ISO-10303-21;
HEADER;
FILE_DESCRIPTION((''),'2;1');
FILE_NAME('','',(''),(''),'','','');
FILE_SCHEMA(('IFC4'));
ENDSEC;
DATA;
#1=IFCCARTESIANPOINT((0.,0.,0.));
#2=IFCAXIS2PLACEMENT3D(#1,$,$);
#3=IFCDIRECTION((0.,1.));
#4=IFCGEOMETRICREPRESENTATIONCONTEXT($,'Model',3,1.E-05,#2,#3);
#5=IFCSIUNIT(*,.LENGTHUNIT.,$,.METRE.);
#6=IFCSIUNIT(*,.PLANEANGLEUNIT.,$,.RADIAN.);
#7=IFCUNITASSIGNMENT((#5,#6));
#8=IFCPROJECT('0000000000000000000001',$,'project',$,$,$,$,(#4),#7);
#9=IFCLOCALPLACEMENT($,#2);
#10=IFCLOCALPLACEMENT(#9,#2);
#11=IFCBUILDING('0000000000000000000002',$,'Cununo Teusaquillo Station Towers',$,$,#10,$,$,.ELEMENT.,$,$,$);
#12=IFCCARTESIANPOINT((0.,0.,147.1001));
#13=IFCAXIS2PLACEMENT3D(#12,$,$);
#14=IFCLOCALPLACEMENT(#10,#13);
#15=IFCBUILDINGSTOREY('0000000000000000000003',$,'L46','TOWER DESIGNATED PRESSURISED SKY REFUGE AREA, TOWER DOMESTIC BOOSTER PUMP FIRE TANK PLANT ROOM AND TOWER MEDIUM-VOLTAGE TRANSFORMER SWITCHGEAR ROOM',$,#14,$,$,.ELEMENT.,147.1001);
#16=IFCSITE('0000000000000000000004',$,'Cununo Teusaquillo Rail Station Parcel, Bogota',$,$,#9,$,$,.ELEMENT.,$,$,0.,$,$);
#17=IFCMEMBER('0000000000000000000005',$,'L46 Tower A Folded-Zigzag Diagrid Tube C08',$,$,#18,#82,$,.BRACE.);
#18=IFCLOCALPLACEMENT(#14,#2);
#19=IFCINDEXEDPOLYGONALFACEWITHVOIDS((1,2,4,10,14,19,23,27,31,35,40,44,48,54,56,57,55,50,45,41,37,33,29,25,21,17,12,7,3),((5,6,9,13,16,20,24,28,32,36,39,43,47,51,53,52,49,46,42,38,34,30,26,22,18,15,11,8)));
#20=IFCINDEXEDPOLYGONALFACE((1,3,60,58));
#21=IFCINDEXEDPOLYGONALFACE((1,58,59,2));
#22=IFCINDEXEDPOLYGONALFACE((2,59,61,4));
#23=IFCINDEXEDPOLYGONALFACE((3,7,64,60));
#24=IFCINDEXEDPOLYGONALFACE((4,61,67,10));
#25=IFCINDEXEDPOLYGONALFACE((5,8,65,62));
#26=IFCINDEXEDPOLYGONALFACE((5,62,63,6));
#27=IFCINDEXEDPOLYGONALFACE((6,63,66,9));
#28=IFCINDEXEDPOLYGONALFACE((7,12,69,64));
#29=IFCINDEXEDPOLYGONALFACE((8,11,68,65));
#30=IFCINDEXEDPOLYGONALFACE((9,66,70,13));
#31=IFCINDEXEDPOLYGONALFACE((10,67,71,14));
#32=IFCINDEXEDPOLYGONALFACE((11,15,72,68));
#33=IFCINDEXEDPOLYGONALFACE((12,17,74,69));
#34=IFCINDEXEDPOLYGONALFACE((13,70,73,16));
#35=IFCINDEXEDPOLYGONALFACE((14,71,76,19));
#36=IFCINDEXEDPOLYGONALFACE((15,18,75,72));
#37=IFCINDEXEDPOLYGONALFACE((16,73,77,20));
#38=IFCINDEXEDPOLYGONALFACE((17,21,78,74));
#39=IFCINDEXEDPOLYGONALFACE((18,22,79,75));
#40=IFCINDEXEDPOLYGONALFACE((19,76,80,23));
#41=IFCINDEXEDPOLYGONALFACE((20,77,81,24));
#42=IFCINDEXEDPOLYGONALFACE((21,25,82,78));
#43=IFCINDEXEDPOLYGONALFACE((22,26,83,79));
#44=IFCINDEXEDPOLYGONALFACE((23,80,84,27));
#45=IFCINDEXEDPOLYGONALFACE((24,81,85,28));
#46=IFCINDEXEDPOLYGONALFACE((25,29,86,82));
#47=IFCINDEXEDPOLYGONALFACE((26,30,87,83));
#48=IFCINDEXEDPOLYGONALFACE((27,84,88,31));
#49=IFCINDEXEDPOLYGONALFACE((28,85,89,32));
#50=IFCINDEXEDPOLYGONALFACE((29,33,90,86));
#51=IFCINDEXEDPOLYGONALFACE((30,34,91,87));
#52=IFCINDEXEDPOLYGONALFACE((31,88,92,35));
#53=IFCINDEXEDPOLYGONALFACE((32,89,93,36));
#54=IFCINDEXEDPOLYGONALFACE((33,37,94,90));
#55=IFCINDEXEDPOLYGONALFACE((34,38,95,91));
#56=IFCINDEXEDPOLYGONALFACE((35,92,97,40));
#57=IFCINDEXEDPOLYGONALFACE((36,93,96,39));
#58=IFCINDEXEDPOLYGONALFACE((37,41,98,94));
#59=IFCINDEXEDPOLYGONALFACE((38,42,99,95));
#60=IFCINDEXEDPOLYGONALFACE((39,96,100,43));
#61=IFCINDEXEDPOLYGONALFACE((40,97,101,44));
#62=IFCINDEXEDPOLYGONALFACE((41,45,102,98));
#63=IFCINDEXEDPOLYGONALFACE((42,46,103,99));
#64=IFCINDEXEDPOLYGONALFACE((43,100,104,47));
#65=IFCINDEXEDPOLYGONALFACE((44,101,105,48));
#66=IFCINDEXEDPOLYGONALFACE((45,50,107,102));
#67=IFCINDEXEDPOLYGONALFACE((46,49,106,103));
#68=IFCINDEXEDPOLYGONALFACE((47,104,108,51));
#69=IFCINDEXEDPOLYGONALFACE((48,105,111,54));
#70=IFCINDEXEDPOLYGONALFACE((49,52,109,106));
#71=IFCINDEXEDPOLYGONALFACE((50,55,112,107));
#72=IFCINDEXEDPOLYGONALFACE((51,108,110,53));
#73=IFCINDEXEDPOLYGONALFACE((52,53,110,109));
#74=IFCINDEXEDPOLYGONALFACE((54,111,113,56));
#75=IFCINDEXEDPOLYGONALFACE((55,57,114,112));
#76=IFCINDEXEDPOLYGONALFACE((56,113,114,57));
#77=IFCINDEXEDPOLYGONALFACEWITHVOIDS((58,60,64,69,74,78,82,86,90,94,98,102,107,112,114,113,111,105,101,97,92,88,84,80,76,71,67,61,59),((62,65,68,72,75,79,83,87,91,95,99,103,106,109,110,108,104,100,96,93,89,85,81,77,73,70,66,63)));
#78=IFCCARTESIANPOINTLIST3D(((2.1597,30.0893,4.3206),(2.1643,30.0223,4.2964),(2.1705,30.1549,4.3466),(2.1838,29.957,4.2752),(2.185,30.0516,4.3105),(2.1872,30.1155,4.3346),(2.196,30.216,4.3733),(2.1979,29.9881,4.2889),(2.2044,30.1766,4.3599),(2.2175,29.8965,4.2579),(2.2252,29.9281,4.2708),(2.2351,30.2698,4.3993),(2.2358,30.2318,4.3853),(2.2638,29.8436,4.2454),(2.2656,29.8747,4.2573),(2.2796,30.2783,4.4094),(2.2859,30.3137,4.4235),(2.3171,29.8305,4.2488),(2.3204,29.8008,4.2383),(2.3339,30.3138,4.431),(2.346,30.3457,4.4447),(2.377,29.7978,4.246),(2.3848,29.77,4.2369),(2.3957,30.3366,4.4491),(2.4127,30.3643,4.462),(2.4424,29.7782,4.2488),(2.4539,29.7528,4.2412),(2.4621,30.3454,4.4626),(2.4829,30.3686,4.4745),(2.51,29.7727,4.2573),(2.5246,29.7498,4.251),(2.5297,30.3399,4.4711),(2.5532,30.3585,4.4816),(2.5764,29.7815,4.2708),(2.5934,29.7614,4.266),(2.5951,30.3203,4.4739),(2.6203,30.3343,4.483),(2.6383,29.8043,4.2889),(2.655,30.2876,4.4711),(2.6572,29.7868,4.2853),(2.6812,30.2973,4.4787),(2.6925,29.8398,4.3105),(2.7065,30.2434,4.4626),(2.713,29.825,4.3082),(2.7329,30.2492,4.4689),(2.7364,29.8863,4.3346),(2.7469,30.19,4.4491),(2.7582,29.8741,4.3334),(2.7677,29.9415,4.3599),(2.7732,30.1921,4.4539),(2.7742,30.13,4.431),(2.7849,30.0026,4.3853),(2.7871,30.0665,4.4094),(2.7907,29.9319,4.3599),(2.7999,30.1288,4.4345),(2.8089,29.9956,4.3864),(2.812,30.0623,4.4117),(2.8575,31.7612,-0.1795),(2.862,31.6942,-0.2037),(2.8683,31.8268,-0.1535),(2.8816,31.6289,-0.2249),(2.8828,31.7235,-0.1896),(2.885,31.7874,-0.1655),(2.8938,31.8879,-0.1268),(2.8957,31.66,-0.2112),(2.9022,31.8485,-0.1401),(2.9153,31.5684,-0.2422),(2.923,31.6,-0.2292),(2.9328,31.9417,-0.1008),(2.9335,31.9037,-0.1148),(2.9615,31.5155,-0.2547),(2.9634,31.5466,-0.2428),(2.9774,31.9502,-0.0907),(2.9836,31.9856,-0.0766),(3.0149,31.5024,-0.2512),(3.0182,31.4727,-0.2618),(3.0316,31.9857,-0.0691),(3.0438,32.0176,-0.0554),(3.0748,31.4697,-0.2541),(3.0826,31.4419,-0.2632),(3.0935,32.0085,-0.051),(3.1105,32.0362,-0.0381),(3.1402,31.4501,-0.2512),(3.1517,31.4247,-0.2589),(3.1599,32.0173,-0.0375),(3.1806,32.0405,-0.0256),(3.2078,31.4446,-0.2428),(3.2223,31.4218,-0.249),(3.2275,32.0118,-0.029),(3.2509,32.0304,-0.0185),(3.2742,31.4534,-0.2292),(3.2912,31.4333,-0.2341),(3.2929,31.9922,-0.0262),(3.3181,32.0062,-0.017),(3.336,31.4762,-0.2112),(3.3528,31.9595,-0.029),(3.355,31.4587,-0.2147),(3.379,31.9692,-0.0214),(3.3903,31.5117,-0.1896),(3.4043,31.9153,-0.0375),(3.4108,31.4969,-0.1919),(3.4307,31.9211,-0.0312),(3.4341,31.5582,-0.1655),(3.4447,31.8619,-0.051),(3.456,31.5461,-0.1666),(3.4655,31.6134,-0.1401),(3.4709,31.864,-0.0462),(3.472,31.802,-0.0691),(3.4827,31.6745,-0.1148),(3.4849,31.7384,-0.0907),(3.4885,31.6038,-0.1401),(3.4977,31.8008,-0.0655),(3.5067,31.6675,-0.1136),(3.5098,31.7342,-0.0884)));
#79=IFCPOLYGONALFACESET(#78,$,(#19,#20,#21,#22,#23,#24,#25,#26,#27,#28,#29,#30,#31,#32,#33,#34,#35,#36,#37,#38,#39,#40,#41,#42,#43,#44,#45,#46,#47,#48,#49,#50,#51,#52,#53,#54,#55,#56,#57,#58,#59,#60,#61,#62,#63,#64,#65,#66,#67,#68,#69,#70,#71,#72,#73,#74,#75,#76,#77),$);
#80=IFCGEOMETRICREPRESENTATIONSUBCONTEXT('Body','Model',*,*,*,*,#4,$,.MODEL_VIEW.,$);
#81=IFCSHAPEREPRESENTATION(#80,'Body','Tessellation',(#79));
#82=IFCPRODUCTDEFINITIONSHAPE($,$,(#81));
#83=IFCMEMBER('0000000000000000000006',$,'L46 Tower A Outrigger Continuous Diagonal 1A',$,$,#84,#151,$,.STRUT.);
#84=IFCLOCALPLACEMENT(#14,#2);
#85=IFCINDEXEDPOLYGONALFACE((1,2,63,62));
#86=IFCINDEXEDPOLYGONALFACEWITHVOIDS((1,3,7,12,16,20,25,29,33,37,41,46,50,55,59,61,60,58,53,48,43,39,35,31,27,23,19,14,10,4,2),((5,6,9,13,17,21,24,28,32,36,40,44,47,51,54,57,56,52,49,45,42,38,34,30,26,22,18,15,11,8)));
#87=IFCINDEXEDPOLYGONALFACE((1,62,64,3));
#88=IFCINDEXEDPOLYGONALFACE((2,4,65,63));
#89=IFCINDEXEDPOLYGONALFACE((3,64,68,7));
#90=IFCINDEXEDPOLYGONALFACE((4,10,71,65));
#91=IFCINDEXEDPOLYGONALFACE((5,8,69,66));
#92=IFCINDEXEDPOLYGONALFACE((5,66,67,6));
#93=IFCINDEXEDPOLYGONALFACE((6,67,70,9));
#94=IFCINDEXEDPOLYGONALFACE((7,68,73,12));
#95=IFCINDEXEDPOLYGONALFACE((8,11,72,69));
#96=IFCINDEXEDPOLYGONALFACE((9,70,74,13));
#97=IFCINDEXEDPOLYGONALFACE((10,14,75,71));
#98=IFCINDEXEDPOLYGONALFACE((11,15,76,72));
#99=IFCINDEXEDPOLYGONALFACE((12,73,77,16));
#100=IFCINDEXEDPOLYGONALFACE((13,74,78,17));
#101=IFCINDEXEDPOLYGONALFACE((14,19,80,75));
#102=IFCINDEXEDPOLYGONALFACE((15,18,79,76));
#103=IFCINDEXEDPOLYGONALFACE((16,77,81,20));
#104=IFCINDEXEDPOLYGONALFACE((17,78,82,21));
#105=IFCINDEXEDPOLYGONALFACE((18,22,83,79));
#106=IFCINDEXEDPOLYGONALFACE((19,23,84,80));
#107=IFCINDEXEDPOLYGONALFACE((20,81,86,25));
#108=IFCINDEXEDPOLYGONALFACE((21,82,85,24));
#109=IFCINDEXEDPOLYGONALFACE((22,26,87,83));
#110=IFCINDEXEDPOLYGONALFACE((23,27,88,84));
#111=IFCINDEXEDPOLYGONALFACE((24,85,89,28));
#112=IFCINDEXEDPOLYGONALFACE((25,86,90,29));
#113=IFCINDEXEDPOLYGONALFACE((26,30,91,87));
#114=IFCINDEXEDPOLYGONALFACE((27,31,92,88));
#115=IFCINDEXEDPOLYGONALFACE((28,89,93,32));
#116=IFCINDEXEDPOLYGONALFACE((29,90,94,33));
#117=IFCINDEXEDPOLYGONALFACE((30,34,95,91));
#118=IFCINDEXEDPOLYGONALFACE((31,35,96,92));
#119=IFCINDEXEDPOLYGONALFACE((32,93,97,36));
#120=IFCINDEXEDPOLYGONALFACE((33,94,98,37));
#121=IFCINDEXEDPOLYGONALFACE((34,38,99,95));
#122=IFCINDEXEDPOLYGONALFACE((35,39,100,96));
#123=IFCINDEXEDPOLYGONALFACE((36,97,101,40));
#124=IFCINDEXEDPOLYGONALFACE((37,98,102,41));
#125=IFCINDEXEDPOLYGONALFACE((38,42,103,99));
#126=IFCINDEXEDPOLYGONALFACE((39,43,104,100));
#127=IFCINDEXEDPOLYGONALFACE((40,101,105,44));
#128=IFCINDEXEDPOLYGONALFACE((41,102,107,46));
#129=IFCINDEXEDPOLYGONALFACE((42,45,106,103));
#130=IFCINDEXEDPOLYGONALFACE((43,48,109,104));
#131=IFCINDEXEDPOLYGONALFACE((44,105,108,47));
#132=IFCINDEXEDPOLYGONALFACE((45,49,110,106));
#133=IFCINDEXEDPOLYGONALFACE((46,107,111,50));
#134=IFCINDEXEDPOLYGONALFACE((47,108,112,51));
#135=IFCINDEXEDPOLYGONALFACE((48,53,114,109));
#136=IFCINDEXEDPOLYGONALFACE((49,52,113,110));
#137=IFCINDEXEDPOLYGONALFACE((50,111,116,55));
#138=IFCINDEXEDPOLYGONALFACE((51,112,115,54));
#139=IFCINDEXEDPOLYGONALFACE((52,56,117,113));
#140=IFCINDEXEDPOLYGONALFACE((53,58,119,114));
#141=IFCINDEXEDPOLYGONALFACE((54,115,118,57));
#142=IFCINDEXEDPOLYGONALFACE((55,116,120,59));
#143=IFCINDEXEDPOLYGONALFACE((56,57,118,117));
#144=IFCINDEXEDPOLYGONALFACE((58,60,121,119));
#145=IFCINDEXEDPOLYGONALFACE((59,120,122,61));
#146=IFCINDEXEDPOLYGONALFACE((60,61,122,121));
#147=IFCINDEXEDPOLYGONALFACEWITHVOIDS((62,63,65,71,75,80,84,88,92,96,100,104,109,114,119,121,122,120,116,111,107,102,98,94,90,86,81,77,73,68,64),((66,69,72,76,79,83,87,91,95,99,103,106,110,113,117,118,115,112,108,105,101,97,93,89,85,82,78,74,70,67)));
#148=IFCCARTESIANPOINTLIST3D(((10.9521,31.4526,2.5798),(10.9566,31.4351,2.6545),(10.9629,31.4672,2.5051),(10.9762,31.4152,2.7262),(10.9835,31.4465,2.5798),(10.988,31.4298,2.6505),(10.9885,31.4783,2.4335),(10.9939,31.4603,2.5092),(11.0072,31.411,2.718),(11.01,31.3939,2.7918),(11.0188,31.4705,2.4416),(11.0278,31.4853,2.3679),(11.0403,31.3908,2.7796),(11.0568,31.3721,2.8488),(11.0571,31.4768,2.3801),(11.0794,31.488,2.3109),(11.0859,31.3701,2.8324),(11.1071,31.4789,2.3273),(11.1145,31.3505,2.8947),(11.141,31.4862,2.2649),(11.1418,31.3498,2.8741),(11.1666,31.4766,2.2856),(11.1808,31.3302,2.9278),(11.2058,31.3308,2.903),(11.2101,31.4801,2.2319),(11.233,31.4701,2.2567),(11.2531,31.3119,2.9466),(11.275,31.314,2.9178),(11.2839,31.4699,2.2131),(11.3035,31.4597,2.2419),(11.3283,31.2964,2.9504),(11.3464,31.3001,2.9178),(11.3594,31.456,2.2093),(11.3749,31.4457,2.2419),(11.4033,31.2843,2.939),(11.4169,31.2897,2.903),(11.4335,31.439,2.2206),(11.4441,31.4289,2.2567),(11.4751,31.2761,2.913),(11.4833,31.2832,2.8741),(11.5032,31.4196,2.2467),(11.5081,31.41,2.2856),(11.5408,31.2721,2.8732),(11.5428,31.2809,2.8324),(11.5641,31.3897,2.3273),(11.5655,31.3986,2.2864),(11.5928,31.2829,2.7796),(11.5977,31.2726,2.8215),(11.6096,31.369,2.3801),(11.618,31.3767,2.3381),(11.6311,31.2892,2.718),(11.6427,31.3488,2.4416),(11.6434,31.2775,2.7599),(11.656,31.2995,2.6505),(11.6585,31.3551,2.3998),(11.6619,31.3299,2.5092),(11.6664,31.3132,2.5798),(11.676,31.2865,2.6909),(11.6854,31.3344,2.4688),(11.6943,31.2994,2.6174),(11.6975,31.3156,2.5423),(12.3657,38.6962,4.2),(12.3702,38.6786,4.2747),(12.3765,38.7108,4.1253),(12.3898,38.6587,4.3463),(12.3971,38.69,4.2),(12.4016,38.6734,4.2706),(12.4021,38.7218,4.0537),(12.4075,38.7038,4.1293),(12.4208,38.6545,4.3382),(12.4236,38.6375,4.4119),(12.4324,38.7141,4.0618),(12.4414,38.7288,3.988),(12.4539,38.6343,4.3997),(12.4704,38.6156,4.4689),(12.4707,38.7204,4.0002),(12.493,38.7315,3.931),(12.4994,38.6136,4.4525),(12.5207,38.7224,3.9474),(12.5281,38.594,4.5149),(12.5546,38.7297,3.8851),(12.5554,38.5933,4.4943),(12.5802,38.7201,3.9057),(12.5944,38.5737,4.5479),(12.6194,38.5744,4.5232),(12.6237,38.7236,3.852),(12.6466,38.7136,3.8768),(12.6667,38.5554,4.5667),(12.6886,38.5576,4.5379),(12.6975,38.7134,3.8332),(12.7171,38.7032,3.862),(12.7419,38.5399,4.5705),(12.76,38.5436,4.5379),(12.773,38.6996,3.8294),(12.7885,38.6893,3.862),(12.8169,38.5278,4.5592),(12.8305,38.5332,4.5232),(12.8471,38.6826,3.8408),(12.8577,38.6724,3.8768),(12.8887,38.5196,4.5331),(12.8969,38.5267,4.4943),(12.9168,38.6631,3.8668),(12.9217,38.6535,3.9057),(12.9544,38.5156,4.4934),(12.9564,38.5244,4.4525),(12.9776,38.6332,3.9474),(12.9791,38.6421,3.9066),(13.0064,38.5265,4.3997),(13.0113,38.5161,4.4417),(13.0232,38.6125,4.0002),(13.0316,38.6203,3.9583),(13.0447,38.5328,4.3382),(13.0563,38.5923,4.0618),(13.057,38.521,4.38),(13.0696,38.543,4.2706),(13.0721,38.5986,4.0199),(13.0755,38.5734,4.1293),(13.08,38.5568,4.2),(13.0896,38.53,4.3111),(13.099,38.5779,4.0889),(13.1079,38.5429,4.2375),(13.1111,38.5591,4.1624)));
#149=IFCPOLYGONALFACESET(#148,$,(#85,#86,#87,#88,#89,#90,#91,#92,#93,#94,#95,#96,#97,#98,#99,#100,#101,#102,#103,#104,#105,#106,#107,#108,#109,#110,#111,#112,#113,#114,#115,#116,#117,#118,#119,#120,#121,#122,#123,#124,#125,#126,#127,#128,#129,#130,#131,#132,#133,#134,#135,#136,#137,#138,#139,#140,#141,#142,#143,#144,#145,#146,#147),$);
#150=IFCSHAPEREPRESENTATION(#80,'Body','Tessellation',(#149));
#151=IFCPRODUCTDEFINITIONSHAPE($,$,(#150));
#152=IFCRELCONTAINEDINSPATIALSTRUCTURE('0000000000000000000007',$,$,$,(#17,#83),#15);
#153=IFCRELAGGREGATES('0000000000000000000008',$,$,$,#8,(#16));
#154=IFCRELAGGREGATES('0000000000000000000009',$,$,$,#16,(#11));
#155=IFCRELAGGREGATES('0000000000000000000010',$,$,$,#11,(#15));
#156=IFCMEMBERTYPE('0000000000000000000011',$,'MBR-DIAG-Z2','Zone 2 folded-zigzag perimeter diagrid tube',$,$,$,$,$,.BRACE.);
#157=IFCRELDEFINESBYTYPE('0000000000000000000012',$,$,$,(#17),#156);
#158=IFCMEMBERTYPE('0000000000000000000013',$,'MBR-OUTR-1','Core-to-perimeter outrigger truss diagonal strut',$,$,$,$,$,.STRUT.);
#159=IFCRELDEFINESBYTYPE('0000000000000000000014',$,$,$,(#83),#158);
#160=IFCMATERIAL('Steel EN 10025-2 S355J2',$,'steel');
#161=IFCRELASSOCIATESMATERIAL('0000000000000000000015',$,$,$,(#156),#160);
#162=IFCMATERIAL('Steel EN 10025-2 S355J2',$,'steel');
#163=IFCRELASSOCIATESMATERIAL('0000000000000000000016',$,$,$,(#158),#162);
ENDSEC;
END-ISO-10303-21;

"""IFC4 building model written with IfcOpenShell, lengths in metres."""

from ifc_helpers import new_model, si_unit, direction, frame, origin, origin_2d, place, context, subcontext, project, spatial, hollow_circle, extrude, material, material_profile, profile_set, type_object, element, save


model = new_model("IFC4")

# Units and contexts
model_context = context("Model", 3, precision=1e-05, world=origin(), true_north=direction((0.0, 1.0)))
body_context = subcontext(model_context, "Body", "Model", "MODEL_VIEW")
ifc_project = project(units=[si_unit("LENGTHUNIT", "METRE"), si_unit("PLANEANGLEUNIT", "RADIAN")], contexts=[model_context])

# Site, building, storey
site_placement = place(None, origin())
site = spatial("IfcSite", under=ifc_project, at=site_placement, Name="Cununo Teusaquillo Rail Station Parcel, Bogota", CompositionType="ELEMENT", RefElevation=0.0)
building_placement = place(site_placement, origin())
building = spatial("IfcBuilding", under=site, at=building_placement, Name="Cununo Teusaquillo Station Towers", CompositionType="ELEMENT")
storey_placement = place(building_placement, frame((0.0, 0.0, 147.1001)))
storey = spatial("IfcBuildingStorey", under=building, at=storey_placement, Name="L46", Description="TOWER DESIGNATED PRESSURISED SKY REFUGE AREA, TOWER DOMESTIC BOOSTER PUMP FIRE TANK PLANT ROOM AND TOWER MEDIUM-VOLTAGE TRANSFORMER SWITCHGEAR ROOM", CompositionType="ELEMENT", Elevation=147.1001)

# Members
ifc_material_1 = material(Name="Steel EN 10025-2 S355J2", Category="steel")
ifc_material_profile_1 = material_profile(ifc_material_1, hollow_circle(Radius=0.3301, WallThickness=0.0249, at=origin_2d()), Name="CHS 660x25")
ifc_profile_set_1 = profile_set([ifc_material_profile_1], Name="Steel EN 10025-2 S355J2")
member_type_1 = type_object("IfcMemberType", Name="MBR-DIAG-Z2", Description="Zone 2 folded-zigzag perimeter diagrid tube", PredefinedType="BRACE", material=ifc_profile_set_1)
member_1_placement = place(storey_placement, frame((3.1838, 31.731, -0.1401), z_axis=(-0.143838, -0.344647, 0.927647), x_axis=(0.922853, -0.385151, 0.0)))
element("IfcMember", 1, at=member_1_placement, inside=storey, type_object=member_type_1, Name="L46 Tower A Folded-Zigzag Diagrid Tube C08", PredefinedType="BRACE", context=body_context, shape_type="SweptSolid", body=[
    extrude(hollow_circle(Radius=0.3301, WallThickness=0.0249, at=origin_2d()), origin(), (0.0, 0.0, 1.0), 4.8511),
])
ifc_material_2 = material(Name="Steel EN 10025-2 S355J2", Category="steel")
ifc_material_profile_2 = material_profile(ifc_material_2, hollow_circle(Radius=0.3799, WallThickness=0.032, at=origin_2d()), Name="CHS 760x32")
ifc_profile_set_2 = profile_set([ifc_material_profile_2], Name="Steel EN 10025-2 S355J2")
member_type_2 = type_object("IfcMemberType", Name="MBR-OUTR-1", Description="Core-to-perimeter outrigger truss diagonal strut", PredefinedType="STRUT", material=ifc_profile_set_2)
member_2_placement = place(storey_placement, frame((11.325, 31.3799, 2.5798), z_axis=(0.187085, 0.958657, 0.214421), x_axis=(-0.981485, 0.19154, 0.0)))
element("IfcMember", 2, at=member_2_placement, inside=storey, type_object=member_type_2, Name="L46 Tower A Outrigger Continuous Diagonal 1A", PredefinedType="STRUT", context=body_context, shape_type="SweptSolid", body=[
    extrude(hollow_circle(Radius=0.3799, WallThickness=0.032, at=origin_2d()), origin(), (0.0, 0.0, 1.0), 7.5559),
])

save(model, "model.ifc")
